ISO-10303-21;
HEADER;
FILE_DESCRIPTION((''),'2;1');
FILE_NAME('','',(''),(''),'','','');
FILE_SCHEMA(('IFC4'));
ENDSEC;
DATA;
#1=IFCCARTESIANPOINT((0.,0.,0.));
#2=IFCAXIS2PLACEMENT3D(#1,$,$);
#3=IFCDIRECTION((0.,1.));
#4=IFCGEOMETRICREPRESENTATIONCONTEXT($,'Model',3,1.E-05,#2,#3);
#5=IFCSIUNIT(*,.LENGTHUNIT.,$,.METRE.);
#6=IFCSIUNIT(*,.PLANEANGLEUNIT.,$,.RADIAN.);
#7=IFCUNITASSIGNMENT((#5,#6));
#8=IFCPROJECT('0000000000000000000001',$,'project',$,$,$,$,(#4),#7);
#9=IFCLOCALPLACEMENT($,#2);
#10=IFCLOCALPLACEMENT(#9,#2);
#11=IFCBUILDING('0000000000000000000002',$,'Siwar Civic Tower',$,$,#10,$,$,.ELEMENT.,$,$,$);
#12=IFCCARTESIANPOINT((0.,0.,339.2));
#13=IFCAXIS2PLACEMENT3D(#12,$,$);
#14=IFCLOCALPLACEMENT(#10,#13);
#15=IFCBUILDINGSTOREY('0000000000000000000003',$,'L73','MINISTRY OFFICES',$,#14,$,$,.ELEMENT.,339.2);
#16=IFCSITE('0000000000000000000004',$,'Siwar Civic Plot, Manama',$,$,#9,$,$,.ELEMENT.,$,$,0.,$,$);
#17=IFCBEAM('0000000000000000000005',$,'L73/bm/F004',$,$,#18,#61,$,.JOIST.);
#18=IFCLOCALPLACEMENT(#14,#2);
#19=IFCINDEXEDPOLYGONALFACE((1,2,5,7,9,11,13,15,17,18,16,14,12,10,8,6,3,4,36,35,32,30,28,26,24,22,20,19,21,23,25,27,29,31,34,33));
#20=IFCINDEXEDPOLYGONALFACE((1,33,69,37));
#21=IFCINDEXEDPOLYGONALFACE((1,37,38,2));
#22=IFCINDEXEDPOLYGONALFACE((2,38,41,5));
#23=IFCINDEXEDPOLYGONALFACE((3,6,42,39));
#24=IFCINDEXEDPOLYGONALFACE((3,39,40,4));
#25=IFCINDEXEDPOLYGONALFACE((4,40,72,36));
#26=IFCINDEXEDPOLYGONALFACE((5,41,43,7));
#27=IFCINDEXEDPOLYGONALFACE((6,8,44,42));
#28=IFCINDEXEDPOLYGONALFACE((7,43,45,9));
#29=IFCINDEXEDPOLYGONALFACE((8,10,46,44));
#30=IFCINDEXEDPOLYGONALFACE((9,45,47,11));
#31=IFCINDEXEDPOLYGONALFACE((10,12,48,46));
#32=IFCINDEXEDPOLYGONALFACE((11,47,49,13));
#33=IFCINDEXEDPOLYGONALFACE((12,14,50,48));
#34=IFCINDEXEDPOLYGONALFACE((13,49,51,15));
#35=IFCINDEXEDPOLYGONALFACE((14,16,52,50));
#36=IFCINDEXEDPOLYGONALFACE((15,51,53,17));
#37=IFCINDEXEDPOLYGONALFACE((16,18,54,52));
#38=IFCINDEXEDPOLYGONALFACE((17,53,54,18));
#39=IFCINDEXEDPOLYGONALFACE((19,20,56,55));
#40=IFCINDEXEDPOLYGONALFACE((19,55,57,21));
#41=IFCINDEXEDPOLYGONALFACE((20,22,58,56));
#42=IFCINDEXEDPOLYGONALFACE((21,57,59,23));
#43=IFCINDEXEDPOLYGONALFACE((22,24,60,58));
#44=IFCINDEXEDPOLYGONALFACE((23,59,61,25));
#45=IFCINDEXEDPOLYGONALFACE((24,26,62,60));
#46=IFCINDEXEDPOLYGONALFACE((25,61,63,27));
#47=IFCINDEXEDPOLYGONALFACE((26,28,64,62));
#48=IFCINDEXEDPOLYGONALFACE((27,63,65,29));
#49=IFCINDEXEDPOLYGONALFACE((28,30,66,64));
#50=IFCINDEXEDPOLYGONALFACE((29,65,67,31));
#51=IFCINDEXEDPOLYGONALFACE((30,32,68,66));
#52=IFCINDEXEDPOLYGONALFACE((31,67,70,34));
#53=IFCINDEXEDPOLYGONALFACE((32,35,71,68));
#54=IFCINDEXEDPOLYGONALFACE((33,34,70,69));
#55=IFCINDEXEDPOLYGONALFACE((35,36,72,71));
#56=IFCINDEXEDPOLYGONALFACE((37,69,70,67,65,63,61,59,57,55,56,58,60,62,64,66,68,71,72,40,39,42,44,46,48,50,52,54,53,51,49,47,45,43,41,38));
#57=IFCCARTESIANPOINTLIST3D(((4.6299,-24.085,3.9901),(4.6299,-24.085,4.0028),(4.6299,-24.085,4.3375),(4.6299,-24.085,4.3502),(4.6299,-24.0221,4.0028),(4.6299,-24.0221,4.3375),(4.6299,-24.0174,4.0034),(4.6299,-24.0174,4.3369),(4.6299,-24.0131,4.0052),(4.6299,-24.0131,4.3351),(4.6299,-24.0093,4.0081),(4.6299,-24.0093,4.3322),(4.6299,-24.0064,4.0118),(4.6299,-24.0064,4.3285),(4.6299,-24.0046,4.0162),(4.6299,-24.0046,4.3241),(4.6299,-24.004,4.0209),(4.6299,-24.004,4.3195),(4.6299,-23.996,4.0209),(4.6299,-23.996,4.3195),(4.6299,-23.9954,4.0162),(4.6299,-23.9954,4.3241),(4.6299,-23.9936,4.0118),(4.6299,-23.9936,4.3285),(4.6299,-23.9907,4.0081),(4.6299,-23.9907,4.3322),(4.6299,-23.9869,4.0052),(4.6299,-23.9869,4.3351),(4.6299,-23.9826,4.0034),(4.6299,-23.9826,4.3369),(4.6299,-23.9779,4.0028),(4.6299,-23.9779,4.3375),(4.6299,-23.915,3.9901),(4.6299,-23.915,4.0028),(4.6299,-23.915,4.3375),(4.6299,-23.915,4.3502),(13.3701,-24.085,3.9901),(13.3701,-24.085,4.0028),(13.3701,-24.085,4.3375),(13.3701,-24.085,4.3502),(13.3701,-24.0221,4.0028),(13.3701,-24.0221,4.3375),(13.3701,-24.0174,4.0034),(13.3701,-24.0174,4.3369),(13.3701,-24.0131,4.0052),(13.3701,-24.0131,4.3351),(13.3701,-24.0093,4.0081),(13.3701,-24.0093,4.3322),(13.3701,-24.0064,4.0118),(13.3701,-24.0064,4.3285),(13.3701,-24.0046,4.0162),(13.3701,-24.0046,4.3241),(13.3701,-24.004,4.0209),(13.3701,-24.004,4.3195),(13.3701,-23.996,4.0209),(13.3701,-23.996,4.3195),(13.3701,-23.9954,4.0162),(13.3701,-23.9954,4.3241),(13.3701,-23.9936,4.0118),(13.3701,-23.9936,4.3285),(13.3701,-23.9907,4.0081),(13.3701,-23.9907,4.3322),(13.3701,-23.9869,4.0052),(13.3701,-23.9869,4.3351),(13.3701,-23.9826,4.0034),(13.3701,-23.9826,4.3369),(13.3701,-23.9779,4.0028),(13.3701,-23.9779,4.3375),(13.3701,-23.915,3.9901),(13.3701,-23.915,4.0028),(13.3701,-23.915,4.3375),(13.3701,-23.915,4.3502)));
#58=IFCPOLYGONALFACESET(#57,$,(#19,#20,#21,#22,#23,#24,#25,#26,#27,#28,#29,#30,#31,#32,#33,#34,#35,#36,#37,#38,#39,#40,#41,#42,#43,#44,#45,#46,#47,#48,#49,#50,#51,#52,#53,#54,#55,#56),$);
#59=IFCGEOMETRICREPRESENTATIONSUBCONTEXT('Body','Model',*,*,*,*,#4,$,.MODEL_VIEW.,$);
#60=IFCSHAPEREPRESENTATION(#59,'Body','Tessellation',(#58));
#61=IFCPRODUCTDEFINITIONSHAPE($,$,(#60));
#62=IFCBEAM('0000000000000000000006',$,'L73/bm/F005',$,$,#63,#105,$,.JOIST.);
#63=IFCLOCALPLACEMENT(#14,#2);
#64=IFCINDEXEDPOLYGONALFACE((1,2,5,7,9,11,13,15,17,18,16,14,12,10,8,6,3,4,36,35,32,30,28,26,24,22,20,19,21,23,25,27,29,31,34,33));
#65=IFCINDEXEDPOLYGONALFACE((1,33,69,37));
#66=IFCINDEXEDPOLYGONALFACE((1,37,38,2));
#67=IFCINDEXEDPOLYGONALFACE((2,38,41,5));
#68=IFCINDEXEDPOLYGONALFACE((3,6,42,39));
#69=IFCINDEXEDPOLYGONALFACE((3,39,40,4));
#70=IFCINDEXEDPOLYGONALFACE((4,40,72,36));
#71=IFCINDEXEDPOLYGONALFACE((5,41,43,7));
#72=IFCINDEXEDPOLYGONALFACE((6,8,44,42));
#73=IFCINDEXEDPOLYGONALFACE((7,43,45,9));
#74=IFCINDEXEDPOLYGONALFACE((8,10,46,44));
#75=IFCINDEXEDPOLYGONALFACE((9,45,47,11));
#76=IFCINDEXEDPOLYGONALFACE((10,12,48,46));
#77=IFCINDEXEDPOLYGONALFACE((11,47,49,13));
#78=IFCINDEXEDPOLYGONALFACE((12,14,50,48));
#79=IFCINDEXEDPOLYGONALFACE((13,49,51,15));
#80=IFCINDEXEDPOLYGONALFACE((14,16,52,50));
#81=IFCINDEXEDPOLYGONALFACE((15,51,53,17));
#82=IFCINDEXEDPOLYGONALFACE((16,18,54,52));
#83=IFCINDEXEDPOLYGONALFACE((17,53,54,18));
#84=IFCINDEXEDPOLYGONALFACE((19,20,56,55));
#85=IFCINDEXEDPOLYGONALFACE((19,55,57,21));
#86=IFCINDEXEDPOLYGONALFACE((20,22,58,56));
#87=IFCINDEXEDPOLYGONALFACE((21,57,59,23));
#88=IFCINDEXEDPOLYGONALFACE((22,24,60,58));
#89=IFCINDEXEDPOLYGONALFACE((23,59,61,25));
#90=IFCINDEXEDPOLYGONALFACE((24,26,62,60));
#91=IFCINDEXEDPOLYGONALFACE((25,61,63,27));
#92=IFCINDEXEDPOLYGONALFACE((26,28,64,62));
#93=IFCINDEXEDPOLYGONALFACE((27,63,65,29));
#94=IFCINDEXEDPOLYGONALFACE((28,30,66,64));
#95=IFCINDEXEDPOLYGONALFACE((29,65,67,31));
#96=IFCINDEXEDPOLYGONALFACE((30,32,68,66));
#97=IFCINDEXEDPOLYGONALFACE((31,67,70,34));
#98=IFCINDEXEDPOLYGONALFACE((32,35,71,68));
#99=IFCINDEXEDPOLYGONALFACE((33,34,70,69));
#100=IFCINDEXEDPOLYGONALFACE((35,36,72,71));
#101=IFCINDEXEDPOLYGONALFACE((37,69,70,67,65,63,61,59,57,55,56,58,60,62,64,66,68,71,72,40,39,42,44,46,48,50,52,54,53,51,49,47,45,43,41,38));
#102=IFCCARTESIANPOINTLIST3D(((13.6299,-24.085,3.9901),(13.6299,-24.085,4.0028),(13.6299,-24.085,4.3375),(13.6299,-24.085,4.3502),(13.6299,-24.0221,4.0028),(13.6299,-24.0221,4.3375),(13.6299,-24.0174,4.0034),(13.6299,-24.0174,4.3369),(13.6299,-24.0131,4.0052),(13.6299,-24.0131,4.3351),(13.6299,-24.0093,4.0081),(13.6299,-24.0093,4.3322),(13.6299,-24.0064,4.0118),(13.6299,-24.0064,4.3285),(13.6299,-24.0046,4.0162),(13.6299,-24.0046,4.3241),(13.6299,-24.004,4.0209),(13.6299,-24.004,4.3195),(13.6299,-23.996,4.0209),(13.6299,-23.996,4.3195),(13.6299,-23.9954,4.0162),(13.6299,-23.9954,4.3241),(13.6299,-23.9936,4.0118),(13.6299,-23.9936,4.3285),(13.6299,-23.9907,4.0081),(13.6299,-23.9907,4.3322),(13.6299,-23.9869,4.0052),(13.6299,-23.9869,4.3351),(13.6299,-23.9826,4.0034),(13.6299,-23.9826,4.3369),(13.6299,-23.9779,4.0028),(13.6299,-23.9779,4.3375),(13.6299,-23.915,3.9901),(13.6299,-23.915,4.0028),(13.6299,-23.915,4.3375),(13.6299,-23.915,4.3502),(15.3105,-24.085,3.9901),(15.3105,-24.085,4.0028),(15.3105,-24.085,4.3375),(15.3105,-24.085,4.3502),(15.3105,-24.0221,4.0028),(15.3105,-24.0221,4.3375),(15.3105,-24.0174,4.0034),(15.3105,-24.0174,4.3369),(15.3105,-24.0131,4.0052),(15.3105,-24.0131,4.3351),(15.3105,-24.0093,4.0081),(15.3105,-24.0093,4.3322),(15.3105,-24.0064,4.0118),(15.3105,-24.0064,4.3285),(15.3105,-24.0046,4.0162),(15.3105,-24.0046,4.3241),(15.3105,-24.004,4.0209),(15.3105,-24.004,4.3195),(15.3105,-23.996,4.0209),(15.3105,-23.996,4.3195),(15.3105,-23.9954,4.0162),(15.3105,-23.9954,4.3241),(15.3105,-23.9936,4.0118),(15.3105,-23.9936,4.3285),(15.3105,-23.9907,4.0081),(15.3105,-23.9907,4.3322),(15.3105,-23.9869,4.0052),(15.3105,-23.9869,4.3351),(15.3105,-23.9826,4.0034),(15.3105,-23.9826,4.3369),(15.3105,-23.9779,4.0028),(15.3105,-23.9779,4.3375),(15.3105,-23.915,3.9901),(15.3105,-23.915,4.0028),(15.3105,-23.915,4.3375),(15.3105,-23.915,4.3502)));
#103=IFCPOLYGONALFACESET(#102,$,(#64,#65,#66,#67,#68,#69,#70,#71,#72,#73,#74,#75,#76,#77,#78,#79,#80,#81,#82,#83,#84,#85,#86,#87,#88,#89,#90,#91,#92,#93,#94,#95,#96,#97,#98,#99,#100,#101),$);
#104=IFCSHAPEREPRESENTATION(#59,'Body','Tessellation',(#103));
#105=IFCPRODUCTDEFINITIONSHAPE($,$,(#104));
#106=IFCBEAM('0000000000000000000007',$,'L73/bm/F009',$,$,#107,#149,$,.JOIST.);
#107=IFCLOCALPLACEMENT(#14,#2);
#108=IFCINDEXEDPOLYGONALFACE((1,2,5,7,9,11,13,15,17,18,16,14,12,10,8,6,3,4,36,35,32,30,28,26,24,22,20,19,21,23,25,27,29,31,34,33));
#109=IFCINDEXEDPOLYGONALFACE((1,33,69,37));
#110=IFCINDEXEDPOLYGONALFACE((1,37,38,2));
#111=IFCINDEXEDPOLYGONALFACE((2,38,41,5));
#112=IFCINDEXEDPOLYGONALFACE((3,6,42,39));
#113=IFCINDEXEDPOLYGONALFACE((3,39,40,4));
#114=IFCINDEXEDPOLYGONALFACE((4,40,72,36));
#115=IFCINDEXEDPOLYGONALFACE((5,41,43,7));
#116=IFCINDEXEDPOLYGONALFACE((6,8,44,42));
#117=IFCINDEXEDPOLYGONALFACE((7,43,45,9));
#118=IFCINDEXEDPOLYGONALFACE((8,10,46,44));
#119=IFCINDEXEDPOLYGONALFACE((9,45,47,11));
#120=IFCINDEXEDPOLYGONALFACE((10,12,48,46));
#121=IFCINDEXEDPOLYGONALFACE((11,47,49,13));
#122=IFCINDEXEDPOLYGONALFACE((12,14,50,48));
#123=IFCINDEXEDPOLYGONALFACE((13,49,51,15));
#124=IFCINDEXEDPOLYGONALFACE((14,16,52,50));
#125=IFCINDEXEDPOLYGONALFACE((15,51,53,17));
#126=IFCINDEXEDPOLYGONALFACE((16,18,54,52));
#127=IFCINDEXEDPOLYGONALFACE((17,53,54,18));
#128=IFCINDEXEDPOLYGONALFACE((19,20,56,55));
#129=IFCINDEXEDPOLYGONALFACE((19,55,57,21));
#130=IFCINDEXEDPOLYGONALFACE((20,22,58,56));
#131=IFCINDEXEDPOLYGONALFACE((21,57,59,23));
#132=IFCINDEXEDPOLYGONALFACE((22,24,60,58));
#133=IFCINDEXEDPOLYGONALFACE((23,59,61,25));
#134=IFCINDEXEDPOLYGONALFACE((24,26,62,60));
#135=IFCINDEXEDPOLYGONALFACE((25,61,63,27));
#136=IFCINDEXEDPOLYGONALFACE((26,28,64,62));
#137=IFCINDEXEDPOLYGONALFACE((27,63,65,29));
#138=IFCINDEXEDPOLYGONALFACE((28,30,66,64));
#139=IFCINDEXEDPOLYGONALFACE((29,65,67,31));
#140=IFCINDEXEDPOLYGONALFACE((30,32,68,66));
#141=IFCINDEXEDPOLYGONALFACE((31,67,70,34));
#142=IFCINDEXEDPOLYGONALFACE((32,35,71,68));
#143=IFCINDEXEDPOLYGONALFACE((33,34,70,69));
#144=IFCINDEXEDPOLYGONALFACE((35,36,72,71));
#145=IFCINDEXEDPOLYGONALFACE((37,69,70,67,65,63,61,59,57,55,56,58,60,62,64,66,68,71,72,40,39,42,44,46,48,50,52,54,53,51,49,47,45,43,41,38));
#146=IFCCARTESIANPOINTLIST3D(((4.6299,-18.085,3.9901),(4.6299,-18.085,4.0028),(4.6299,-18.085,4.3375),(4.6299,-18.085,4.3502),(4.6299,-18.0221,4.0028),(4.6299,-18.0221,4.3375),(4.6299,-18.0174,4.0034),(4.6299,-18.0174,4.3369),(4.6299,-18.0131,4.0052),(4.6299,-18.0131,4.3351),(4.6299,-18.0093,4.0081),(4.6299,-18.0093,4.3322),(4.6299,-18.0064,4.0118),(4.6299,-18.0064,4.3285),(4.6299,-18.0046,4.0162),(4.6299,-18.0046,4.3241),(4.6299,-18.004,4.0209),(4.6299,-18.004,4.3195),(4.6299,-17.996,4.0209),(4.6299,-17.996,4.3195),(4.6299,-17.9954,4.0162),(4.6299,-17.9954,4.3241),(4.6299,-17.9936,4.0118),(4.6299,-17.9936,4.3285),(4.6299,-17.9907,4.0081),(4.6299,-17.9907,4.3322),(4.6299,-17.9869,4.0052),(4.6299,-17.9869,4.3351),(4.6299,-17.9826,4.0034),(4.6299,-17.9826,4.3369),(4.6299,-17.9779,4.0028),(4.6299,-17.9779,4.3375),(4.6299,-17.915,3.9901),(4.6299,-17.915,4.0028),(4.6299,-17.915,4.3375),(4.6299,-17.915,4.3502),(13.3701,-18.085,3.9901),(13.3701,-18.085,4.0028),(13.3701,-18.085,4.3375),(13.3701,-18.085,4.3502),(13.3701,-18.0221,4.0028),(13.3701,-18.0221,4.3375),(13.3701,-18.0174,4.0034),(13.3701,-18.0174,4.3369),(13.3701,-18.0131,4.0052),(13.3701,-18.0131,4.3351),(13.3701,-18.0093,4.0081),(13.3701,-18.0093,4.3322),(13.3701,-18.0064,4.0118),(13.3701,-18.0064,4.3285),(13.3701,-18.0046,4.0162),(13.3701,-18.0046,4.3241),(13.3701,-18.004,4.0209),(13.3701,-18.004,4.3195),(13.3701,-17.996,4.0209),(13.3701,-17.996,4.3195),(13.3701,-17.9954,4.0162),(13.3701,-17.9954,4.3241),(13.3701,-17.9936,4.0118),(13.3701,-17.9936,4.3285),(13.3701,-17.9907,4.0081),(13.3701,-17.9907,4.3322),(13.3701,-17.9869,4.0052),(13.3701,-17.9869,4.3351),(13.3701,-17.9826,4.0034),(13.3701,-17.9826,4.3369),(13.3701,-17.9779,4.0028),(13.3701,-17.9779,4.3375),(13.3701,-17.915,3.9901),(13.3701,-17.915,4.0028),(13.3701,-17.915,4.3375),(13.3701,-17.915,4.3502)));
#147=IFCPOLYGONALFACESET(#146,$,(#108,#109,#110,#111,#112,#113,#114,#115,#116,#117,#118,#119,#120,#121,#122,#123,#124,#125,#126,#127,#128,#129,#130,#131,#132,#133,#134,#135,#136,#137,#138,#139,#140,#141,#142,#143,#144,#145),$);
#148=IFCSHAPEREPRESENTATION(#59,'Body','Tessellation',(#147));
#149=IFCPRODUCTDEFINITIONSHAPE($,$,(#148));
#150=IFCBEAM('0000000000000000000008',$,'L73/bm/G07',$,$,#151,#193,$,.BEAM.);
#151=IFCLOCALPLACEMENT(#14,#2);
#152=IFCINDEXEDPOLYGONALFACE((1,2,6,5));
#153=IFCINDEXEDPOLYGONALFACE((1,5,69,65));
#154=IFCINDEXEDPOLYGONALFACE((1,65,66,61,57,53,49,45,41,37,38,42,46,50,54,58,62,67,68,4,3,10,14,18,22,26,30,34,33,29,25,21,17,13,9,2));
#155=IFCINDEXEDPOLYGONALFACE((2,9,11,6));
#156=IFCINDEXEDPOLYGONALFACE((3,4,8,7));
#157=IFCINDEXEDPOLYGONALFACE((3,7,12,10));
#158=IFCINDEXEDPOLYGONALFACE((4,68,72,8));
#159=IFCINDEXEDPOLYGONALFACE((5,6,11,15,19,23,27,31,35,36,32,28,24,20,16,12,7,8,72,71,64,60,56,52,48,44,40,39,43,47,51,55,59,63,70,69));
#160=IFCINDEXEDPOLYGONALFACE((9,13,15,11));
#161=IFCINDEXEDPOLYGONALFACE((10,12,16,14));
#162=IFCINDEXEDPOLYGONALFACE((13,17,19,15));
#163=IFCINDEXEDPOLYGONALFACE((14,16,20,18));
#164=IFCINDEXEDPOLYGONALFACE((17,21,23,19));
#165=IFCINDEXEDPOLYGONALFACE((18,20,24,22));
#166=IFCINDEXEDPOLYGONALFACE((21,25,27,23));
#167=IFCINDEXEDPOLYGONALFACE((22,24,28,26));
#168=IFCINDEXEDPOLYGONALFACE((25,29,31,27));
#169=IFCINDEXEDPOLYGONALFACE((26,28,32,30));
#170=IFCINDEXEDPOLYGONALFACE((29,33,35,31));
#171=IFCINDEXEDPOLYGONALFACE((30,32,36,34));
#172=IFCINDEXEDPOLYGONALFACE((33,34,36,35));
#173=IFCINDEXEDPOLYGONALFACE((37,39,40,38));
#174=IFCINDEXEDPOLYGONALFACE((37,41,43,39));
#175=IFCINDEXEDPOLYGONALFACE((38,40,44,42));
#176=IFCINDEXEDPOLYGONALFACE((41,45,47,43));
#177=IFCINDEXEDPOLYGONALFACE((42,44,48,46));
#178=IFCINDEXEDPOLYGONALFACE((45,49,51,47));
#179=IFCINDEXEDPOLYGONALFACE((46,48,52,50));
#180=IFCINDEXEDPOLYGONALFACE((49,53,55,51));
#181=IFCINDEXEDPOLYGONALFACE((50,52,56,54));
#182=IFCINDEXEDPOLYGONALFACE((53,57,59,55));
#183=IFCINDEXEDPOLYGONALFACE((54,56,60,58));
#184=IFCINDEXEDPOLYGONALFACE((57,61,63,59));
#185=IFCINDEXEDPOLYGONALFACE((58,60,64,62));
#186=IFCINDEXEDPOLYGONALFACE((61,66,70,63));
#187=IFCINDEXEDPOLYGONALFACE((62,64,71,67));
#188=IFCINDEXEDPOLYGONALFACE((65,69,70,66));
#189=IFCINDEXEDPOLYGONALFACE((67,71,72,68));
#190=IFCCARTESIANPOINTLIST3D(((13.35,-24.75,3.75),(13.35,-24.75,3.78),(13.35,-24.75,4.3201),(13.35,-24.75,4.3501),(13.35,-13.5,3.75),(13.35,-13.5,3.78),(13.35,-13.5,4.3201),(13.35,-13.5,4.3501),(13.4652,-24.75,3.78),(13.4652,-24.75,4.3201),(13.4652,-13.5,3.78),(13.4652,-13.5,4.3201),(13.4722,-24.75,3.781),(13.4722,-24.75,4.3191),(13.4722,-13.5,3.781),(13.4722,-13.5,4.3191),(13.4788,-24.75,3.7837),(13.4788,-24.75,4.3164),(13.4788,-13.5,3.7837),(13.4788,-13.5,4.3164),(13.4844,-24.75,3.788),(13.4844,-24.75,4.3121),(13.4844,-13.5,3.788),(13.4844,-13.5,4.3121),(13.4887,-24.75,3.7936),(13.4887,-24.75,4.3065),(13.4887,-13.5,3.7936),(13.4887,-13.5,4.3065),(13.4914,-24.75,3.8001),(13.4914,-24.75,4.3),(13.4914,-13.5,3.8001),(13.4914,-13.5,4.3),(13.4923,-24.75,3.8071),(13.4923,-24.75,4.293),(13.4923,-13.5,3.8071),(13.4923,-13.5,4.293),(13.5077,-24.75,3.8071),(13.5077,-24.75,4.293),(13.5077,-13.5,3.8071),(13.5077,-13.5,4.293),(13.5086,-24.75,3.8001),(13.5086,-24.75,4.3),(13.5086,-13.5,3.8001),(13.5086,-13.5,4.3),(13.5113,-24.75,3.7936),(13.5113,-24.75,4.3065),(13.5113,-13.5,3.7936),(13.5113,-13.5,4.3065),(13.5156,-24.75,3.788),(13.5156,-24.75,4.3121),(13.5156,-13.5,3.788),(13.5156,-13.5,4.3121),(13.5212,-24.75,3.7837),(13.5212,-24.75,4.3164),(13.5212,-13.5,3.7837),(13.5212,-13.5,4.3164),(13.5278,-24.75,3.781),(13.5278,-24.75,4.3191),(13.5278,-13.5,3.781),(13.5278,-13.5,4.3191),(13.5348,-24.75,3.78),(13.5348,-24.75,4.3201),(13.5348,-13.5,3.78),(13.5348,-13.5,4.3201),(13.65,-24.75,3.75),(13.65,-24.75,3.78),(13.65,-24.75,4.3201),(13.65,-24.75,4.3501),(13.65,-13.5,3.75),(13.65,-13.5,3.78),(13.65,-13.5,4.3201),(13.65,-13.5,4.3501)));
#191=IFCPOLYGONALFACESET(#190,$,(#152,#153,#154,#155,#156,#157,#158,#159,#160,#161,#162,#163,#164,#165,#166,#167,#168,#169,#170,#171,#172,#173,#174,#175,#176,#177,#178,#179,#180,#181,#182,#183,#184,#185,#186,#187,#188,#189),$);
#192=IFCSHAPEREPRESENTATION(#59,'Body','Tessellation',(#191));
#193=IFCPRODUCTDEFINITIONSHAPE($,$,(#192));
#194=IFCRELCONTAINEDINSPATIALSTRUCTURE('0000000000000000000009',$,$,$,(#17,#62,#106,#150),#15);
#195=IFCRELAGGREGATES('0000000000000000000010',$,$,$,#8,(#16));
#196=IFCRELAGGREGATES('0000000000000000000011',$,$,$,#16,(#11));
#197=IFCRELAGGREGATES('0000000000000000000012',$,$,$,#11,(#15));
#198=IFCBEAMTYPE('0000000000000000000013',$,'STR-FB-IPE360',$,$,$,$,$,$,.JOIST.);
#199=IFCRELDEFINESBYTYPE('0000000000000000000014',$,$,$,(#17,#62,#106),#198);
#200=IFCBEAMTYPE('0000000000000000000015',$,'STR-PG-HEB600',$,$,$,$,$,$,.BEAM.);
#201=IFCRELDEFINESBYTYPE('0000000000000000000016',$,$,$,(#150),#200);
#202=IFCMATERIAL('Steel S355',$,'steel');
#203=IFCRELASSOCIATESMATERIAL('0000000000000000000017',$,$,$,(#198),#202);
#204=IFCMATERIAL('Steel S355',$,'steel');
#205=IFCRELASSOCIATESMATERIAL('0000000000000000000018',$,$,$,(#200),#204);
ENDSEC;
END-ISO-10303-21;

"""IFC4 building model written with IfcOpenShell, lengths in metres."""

from ifc_helpers import new_model, si_unit, direction, frame, origin, origin_2d, place, context, subcontext, project, spatial, i_section, extrude, material, material_profile, profile_set, type_object, element, save


model = new_model("IFC4")

# Units and contexts
model_context = context("Model", 3, precision=1e-05, world=origin(), true_north=direction((0.0, 1.0)))
body_context = subcontext(model_context, "Body", "Model", "MODEL_VIEW")
ifc_project = project(units=[si_unit("LENGTHUNIT", "METRE"), si_unit("PLANEANGLEUNIT", "RADIAN")], contexts=[model_context])

# Site, building, storey
site_placement = place(None, origin())
site = spatial("IfcSite", under=ifc_project, at=site_placement, Name="Siwar Civic Plot, Manama", CompositionType="ELEMENT", RefElevation=0.0)
building_placement = place(site_placement, origin())
building = spatial("IfcBuilding", under=site, at=building_placement, Name="Siwar Civic Tower", CompositionType="ELEMENT")
storey_placement = place(building_placement, frame((0.0, 0.0, 339.2)))
storey = spatial("IfcBuildingStorey", under=building, at=storey_placement, Name="L73", Description="MINISTRY OFFICES", CompositionType="ELEMENT", Elevation=339.2)

# Beams
ifc_material_1 = material(Name="Steel S355", Category="steel")
ifc_material_profile_1 = material_profile(ifc_material_1, i_section(OverallWidth=0.1699, OverallDepth=0.3601, WebThickness=0.0081, FlangeThickness=0.0127, FilletRadius=0.0181, at=origin_2d()), Name="IPE360")
ifc_profile_set_1 = profile_set([ifc_material_profile_1], Name="Steel S355")
beam_type_1 = type_object("IfcBeamType", Name="STR-FB-IPE360", PredefinedType="JOIST", material=ifc_profile_set_1)
beam_1_placement = place(storey_placement, frame((4.6299, -24.0, 4.1702), z_axis=(1.0, 0.0, 0.0), x_axis=(0.0, 1.0, 0.0)))
element("IfcBeam", 1, at=beam_1_placement, inside=storey, type_object=beam_type_1, Name="L73/bm/F004", PredefinedType="JOIST", context=body_context, shape_type="SweptSolid", body=[
    extrude(i_section(OverallWidth=0.1699, OverallDepth=0.3601, WebThickness=0.0081, FlangeThickness=0.0127, FilletRadius=0.0181, at=origin_2d()), origin(), (0.0, 0.0, 1.0), 8.7402),
])
beam_2_placement = place(storey_placement, frame((13.6299, -24.0, 4.1702), z_axis=(1.0, 0.0, 0.0), x_axis=(0.0, 1.0, 0.0)))
element("IfcBeam", 2, at=beam_2_placement, inside=storey, type_object=beam_type_1, Name="L73/bm/F005", PredefinedType="JOIST", context=body_context, shape_type="SweptSolid", body=[
    extrude(i_section(OverallWidth=0.1699, OverallDepth=0.3601, WebThickness=0.0081, FlangeThickness=0.0127, FilletRadius=0.0181, at=origin_2d()), origin(), (0.0, 0.0, 1.0), 1.6807),
])
beam_3_placement = place(storey_placement, frame((4.6299, -18.0, 4.1702), z_axis=(1.0, 0.0, 0.0), x_axis=(0.0, 1.0, 0.0)))
element("IfcBeam", 3, at=beam_3_placement, inside=storey, type_object=beam_type_1, Name="L73/bm/F009", PredefinedType="JOIST", context=body_context, shape_type="SweptSolid", body=[
    extrude(i_section(OverallWidth=0.1699, OverallDepth=0.3601, WebThickness=0.0081, FlangeThickness=0.0127, FilletRadius=0.0181, at=origin_2d()), origin(), (0.0, 0.0, 1.0), 8.7402),
])
ifc_material_2 = material(Name="Steel S355", Category="steel")
ifc_material_profile_2 = material_profile(ifc_material_2, i_section(OverallWidth=0.3, OverallDepth=0.6001, WebThickness=0.0154, FlangeThickness=0.03, FilletRadius=0.0271, at=origin_2d()), Name="HEB600")
ifc_profile_set_2 = profile_set([ifc_material_profile_2], Name="Steel S355")
beam_type_2 = type_object("IfcBeamType", Name="STR-PG-HEB600", PredefinedType="BEAM", material=ifc_profile_set_2)
beam_4_placement = place(storey_placement, frame((13.5, -24.75, 4.05), z_axis=(0.0, 1.0, 0.0), x_axis=(-1.0, 0.0, 0.0)))
element("IfcBeam", 4, at=beam_4_placement, inside=storey, type_object=beam_type_2, Name="L73/bm/G07", PredefinedType="BEAM", context=body_context, shape_type="SweptSolid", body=[
    extrude(i_section(OverallWidth=0.3, OverallDepth=0.6001, WebThickness=0.0154, FlangeThickness=0.03, FilletRadius=0.0271, at=origin_2d()), origin(), (0.0, 0.0, 1.0), 11.25),
])

save(model, "model.ifc")
